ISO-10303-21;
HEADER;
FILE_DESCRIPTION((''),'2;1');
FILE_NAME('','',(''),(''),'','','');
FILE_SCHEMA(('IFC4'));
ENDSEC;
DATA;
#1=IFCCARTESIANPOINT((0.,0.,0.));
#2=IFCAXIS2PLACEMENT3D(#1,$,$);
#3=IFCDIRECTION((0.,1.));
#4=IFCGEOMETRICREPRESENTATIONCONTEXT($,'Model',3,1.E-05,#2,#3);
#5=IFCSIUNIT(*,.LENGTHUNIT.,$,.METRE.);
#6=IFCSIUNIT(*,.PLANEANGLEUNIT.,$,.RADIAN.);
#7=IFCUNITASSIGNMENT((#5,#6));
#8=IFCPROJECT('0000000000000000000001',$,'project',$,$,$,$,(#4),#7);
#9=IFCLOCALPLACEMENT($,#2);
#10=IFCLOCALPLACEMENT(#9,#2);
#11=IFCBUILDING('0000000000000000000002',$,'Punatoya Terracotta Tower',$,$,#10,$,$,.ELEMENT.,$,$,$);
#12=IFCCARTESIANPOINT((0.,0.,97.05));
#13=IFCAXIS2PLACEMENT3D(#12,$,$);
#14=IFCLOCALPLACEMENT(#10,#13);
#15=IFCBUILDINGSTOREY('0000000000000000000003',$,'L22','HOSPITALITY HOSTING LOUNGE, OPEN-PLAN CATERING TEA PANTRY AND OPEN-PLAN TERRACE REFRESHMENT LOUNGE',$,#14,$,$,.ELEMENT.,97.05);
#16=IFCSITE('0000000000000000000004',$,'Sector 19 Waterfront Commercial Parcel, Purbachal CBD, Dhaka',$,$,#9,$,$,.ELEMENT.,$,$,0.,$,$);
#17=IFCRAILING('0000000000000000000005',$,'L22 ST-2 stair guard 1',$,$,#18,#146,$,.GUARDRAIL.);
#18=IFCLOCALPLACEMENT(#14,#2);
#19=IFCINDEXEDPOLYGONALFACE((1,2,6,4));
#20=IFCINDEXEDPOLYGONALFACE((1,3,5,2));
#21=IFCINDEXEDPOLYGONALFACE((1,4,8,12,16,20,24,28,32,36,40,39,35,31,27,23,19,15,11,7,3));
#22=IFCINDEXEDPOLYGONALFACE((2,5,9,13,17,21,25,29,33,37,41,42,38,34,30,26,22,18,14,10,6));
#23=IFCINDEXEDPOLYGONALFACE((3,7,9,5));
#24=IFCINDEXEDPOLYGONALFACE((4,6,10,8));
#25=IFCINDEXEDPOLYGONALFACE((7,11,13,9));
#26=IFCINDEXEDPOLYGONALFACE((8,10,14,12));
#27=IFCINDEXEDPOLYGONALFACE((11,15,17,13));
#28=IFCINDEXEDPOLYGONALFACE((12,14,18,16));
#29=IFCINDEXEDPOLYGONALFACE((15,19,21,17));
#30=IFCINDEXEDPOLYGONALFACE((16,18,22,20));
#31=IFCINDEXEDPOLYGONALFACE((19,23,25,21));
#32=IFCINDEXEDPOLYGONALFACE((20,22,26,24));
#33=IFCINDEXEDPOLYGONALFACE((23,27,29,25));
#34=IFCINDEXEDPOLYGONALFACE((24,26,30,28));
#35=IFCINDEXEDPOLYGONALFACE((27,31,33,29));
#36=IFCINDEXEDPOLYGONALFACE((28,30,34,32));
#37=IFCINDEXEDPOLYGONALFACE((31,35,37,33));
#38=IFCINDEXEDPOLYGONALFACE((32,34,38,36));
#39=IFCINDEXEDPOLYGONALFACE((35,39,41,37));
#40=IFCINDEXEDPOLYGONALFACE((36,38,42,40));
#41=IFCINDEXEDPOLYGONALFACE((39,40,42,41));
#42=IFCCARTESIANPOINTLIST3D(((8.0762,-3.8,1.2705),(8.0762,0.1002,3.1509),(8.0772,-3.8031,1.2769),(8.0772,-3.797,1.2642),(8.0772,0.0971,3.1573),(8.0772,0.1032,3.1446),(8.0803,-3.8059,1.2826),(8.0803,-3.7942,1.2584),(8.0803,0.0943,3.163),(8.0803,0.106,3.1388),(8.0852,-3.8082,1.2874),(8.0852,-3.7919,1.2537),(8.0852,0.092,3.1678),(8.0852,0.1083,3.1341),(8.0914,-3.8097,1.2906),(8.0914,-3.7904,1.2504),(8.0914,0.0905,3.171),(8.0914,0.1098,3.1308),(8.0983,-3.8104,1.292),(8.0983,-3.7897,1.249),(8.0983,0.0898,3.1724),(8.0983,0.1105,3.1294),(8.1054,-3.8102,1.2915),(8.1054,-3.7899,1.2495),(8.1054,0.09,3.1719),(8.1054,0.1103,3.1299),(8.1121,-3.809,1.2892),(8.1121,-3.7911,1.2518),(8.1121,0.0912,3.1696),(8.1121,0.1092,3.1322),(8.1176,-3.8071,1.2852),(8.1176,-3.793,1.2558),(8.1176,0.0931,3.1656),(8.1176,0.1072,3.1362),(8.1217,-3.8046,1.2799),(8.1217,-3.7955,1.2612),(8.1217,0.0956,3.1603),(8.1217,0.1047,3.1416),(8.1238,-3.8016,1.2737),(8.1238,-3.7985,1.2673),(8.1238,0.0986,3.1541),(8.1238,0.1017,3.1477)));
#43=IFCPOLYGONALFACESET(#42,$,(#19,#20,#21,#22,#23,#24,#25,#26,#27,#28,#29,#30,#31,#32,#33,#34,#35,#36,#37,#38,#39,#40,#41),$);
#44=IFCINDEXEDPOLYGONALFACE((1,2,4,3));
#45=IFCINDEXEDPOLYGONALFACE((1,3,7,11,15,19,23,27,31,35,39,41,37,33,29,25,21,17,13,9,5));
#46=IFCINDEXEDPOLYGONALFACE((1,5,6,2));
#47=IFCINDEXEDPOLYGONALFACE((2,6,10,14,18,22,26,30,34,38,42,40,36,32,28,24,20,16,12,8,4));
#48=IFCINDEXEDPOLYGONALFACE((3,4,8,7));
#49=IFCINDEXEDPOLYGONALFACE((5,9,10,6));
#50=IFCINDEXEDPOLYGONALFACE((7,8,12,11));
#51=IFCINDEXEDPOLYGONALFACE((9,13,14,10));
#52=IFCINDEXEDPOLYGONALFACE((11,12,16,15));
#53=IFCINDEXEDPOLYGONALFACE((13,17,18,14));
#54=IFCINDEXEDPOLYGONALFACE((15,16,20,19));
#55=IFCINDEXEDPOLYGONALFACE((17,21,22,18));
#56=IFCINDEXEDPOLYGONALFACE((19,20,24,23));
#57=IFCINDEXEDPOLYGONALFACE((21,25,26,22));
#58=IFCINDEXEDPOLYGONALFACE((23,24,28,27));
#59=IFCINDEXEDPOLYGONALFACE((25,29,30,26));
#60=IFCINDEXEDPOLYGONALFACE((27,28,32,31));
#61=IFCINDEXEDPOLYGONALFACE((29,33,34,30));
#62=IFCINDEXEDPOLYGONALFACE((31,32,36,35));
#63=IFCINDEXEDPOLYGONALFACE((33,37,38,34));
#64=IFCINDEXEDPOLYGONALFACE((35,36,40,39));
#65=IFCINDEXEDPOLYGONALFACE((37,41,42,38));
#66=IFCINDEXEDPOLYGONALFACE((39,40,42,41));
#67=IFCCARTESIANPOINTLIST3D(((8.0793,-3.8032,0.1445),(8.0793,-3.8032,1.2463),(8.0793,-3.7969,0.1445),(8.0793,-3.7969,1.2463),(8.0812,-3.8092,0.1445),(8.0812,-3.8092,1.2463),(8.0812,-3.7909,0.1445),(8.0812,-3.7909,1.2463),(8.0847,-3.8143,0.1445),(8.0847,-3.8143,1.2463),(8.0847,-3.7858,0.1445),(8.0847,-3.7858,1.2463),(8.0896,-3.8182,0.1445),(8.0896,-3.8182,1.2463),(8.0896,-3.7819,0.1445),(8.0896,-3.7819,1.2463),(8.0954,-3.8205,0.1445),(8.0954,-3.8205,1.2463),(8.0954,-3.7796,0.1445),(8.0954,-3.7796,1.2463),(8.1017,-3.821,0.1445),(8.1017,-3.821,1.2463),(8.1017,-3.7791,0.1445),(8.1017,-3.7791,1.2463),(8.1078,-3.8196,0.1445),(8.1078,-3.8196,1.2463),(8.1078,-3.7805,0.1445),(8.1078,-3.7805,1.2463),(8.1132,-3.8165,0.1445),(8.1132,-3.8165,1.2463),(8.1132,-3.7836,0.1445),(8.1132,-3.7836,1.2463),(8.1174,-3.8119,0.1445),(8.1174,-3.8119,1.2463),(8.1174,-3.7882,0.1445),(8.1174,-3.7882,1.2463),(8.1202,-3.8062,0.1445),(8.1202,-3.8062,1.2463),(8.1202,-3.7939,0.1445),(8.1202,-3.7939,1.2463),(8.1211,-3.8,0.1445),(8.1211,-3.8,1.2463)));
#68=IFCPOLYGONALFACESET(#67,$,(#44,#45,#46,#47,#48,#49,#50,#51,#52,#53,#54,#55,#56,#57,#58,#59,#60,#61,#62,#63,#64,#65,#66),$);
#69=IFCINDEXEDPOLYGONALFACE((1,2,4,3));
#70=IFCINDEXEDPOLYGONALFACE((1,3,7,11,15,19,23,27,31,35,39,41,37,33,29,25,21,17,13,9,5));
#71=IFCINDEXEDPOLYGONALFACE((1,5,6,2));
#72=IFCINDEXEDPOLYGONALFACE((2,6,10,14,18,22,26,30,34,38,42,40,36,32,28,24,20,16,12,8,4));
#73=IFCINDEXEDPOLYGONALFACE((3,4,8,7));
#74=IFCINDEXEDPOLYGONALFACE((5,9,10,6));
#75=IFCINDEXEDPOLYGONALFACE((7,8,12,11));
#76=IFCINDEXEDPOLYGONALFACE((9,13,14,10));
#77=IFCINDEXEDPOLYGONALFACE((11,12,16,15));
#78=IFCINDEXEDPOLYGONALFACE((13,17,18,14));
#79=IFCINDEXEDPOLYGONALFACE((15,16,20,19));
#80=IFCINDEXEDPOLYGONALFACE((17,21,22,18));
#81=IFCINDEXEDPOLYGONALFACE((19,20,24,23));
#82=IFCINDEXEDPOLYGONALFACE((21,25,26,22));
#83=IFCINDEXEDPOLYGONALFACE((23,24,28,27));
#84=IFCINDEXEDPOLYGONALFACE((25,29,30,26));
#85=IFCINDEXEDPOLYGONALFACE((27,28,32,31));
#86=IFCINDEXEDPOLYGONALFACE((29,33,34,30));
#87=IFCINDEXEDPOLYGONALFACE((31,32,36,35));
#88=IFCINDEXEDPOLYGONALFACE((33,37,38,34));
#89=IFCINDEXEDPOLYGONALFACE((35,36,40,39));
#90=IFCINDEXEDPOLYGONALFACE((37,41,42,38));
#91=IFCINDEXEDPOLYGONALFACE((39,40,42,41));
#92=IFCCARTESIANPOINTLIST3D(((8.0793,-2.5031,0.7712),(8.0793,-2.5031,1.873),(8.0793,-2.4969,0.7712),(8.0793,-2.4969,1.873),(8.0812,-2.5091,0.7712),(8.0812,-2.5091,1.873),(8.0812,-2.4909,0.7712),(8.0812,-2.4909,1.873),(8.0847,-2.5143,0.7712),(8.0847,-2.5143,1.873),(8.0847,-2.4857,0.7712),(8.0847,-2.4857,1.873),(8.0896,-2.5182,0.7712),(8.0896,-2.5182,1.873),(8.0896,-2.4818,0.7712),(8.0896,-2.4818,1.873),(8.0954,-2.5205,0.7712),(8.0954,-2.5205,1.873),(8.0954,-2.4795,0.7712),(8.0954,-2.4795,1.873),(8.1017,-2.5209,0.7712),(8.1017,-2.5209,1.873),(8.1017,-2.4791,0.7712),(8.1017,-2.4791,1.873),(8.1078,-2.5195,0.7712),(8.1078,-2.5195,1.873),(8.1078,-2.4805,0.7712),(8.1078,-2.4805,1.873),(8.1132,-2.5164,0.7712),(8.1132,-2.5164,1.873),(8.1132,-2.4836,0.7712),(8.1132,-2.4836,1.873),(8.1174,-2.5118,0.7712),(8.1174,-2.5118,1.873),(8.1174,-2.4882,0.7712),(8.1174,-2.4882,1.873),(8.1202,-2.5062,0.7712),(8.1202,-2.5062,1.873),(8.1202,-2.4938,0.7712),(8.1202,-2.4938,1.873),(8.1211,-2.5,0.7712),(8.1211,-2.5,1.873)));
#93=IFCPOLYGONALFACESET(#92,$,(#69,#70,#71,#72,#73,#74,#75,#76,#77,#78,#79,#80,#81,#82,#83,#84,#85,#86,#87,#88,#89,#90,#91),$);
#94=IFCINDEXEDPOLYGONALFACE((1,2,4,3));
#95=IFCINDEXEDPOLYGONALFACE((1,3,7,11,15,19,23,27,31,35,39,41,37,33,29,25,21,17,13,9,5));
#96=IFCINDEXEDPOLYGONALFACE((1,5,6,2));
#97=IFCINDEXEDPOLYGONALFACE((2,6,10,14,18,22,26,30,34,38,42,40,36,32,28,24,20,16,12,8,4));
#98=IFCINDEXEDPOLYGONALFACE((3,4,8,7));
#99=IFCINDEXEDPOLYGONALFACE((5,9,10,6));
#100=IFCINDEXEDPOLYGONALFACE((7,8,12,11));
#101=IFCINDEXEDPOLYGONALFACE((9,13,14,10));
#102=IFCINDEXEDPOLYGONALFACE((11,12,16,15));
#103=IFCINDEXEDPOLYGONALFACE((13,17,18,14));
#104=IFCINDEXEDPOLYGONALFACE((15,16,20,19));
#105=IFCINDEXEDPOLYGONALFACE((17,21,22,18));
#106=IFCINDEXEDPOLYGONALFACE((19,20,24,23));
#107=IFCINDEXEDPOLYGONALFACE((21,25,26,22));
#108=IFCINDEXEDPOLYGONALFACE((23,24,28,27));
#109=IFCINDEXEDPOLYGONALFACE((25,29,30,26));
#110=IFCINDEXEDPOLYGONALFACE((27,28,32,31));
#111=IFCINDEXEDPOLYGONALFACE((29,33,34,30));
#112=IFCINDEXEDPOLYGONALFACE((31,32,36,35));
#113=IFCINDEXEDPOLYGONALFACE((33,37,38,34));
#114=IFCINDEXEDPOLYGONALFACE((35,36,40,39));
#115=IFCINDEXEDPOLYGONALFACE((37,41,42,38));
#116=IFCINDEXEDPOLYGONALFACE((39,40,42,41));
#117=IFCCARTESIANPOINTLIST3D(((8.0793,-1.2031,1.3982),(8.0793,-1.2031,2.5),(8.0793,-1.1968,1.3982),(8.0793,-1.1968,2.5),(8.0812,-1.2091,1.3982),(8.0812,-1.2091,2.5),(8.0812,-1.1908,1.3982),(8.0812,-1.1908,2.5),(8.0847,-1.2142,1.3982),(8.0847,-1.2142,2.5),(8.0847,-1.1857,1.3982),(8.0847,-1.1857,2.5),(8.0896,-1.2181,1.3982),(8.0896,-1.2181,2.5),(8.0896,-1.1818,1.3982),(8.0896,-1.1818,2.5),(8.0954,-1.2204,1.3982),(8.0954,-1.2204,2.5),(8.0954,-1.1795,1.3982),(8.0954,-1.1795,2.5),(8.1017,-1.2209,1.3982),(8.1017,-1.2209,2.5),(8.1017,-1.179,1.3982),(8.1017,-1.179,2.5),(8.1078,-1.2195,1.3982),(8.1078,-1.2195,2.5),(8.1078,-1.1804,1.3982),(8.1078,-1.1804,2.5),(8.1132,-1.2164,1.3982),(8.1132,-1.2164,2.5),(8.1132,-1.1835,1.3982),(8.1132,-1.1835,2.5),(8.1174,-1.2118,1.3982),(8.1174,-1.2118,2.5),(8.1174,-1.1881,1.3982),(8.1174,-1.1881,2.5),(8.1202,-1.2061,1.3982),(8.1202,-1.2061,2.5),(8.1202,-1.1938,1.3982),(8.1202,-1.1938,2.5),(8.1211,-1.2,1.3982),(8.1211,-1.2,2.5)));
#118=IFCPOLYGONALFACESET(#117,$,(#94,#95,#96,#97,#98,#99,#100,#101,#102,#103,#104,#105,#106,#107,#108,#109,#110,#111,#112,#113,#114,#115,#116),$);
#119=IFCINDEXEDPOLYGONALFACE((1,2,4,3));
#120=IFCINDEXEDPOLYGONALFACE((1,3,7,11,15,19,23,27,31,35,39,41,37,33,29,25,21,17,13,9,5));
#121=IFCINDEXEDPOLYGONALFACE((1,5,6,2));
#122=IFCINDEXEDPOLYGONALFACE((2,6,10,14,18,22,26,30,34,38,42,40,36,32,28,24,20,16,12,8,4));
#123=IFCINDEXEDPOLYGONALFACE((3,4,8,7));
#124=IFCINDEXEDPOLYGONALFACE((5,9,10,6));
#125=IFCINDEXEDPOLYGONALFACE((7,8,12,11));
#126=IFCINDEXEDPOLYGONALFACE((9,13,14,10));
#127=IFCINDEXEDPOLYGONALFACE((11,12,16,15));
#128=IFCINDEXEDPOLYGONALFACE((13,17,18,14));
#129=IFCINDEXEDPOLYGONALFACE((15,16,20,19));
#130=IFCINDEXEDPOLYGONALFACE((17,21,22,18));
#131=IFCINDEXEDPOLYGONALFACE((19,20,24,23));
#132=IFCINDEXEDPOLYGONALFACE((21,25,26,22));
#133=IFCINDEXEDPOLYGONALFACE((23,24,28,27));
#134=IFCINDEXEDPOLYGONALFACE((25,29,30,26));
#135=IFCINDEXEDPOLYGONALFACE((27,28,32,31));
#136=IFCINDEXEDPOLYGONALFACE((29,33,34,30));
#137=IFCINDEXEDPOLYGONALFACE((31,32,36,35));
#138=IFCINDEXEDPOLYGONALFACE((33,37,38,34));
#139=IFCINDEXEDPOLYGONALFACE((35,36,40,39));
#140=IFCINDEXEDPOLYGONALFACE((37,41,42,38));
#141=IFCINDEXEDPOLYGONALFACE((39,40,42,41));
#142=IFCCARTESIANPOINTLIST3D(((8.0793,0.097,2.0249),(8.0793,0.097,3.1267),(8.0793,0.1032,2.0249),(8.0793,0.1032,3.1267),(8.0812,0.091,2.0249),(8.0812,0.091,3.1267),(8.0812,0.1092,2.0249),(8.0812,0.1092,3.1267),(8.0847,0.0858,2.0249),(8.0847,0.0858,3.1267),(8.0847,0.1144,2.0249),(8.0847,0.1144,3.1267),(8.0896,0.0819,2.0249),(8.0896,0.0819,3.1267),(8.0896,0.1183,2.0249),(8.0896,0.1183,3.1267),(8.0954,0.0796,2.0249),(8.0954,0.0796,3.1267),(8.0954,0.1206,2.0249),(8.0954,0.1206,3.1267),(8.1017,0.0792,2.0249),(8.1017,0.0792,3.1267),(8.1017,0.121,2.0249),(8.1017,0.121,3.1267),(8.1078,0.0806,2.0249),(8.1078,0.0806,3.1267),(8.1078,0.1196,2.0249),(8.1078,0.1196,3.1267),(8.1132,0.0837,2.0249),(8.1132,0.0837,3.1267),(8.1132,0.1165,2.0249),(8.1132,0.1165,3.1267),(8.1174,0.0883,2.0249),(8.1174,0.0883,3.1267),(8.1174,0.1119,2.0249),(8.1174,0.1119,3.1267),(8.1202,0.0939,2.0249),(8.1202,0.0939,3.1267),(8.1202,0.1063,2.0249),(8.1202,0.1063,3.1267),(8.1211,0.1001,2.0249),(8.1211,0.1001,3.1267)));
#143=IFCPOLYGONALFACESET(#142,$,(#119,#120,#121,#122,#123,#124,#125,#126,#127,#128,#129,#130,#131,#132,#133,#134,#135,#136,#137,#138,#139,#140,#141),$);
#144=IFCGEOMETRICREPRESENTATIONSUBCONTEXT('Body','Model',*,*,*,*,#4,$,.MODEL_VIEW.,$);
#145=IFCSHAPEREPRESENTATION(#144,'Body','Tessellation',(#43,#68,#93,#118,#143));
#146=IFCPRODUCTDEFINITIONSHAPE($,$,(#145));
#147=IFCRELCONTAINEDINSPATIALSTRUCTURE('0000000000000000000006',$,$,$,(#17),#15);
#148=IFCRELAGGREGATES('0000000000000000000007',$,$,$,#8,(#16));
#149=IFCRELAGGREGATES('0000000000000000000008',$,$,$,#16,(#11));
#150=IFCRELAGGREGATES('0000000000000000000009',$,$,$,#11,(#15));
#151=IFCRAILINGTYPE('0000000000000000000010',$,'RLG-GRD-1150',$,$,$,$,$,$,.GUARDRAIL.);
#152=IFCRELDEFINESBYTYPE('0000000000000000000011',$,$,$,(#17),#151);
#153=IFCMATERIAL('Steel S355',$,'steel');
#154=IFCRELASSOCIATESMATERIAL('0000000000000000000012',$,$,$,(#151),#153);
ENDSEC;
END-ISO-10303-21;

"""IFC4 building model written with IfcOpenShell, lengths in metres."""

from ifc_helpers import new_model, si_unit, direction, frame, origin, origin_2d, place, context, subcontext, project, spatial, circle, extrude, material, type_object, element, save


model = new_model("IFC4")

# Units and contexts
model_context = context("Model", 3, precision=1e-05, world=origin(), true_north=direction((0.0, 1.0)))
body_context = subcontext(model_context, "Body", "Model", "MODEL_VIEW")
ifc_project = project(units=[si_unit("LENGTHUNIT", "METRE"), si_unit("PLANEANGLEUNIT", "RADIAN")], contexts=[model_context])

# Site, building, storey
site_placement = place(None, origin())
site = spatial("IfcSite", under=ifc_project, at=site_placement, Name="Sector 19 Waterfront Commercial Parcel, Purbachal CBD, Dhaka", CompositionType="ELEMENT", RefElevation=0.0)
building_placement = place(site_placement, origin())
building = spatial("IfcBuilding", under=site, at=building_placement, Name="Punatoya Terracotta Tower", CompositionType="ELEMENT")
storey_placement = place(building_placement, frame((0.0, 0.0, 97.05)))
storey = spatial("IfcBuildingStorey", under=building, at=storey_placement, Name="L22", Description="HOSPITALITY HOSTING LOUNGE, OPEN-PLAN CATERING TEA PANTRY AND OPEN-PLAN TERRACE REFRESHMENT LOUNGE", CompositionType="ELEMENT", Elevation=97.05)

# Shared definitions
ifc_material_1 = material(Name="Steel S355", Category="steel")

# Railing
railing_type_1 = type_object("IfcRailingType", Name="RLG-GRD-1150", PredefinedType="GUARDRAIL", material=ifc_material_1)
railing_1_placement = place(storey_placement, frame((8.1001, -3.8, 0.1445)))
element("IfcRailing", 1, at=railing_1_placement, inside=storey, type_object=railing_type_1, Name="L22 ST-2 stair guard 1", PredefinedType="GUARDRAIL", context=body_context, shape_type="SweptSolid", body=[
    extrude(circle(Radius=0.0239, at=origin_2d()), frame((0.0, 0.0, 1.126), z_axis=(0.0, 0.900774, 0.434289), x_axis=(-1.0, 0.0, 0.0)), (0.0, 0.0, 1.0), 4.3298),
    extrude(circle(Radius=0.021, at=origin_2d()), origin(), (0.0, 0.0, 1.0), 1.1018),
    extrude(circle(Radius=0.021, at=origin_2d()), frame((0.0, 1.3, 0.6267)), (0.0, 0.0, 1.0), 1.1018),
    extrude(circle(Radius=0.021, at=origin_2d()), frame((0.0, 2.6001, 1.2537)), (0.0, 0.0, 1.0), 1.1018),
    extrude(circle(Radius=0.021, at=origin_2d()), frame((0.0, 3.9001, 1.8804)), (0.0, 0.0, 1.0), 1.1018),
])

save(model, "model.ifc")
